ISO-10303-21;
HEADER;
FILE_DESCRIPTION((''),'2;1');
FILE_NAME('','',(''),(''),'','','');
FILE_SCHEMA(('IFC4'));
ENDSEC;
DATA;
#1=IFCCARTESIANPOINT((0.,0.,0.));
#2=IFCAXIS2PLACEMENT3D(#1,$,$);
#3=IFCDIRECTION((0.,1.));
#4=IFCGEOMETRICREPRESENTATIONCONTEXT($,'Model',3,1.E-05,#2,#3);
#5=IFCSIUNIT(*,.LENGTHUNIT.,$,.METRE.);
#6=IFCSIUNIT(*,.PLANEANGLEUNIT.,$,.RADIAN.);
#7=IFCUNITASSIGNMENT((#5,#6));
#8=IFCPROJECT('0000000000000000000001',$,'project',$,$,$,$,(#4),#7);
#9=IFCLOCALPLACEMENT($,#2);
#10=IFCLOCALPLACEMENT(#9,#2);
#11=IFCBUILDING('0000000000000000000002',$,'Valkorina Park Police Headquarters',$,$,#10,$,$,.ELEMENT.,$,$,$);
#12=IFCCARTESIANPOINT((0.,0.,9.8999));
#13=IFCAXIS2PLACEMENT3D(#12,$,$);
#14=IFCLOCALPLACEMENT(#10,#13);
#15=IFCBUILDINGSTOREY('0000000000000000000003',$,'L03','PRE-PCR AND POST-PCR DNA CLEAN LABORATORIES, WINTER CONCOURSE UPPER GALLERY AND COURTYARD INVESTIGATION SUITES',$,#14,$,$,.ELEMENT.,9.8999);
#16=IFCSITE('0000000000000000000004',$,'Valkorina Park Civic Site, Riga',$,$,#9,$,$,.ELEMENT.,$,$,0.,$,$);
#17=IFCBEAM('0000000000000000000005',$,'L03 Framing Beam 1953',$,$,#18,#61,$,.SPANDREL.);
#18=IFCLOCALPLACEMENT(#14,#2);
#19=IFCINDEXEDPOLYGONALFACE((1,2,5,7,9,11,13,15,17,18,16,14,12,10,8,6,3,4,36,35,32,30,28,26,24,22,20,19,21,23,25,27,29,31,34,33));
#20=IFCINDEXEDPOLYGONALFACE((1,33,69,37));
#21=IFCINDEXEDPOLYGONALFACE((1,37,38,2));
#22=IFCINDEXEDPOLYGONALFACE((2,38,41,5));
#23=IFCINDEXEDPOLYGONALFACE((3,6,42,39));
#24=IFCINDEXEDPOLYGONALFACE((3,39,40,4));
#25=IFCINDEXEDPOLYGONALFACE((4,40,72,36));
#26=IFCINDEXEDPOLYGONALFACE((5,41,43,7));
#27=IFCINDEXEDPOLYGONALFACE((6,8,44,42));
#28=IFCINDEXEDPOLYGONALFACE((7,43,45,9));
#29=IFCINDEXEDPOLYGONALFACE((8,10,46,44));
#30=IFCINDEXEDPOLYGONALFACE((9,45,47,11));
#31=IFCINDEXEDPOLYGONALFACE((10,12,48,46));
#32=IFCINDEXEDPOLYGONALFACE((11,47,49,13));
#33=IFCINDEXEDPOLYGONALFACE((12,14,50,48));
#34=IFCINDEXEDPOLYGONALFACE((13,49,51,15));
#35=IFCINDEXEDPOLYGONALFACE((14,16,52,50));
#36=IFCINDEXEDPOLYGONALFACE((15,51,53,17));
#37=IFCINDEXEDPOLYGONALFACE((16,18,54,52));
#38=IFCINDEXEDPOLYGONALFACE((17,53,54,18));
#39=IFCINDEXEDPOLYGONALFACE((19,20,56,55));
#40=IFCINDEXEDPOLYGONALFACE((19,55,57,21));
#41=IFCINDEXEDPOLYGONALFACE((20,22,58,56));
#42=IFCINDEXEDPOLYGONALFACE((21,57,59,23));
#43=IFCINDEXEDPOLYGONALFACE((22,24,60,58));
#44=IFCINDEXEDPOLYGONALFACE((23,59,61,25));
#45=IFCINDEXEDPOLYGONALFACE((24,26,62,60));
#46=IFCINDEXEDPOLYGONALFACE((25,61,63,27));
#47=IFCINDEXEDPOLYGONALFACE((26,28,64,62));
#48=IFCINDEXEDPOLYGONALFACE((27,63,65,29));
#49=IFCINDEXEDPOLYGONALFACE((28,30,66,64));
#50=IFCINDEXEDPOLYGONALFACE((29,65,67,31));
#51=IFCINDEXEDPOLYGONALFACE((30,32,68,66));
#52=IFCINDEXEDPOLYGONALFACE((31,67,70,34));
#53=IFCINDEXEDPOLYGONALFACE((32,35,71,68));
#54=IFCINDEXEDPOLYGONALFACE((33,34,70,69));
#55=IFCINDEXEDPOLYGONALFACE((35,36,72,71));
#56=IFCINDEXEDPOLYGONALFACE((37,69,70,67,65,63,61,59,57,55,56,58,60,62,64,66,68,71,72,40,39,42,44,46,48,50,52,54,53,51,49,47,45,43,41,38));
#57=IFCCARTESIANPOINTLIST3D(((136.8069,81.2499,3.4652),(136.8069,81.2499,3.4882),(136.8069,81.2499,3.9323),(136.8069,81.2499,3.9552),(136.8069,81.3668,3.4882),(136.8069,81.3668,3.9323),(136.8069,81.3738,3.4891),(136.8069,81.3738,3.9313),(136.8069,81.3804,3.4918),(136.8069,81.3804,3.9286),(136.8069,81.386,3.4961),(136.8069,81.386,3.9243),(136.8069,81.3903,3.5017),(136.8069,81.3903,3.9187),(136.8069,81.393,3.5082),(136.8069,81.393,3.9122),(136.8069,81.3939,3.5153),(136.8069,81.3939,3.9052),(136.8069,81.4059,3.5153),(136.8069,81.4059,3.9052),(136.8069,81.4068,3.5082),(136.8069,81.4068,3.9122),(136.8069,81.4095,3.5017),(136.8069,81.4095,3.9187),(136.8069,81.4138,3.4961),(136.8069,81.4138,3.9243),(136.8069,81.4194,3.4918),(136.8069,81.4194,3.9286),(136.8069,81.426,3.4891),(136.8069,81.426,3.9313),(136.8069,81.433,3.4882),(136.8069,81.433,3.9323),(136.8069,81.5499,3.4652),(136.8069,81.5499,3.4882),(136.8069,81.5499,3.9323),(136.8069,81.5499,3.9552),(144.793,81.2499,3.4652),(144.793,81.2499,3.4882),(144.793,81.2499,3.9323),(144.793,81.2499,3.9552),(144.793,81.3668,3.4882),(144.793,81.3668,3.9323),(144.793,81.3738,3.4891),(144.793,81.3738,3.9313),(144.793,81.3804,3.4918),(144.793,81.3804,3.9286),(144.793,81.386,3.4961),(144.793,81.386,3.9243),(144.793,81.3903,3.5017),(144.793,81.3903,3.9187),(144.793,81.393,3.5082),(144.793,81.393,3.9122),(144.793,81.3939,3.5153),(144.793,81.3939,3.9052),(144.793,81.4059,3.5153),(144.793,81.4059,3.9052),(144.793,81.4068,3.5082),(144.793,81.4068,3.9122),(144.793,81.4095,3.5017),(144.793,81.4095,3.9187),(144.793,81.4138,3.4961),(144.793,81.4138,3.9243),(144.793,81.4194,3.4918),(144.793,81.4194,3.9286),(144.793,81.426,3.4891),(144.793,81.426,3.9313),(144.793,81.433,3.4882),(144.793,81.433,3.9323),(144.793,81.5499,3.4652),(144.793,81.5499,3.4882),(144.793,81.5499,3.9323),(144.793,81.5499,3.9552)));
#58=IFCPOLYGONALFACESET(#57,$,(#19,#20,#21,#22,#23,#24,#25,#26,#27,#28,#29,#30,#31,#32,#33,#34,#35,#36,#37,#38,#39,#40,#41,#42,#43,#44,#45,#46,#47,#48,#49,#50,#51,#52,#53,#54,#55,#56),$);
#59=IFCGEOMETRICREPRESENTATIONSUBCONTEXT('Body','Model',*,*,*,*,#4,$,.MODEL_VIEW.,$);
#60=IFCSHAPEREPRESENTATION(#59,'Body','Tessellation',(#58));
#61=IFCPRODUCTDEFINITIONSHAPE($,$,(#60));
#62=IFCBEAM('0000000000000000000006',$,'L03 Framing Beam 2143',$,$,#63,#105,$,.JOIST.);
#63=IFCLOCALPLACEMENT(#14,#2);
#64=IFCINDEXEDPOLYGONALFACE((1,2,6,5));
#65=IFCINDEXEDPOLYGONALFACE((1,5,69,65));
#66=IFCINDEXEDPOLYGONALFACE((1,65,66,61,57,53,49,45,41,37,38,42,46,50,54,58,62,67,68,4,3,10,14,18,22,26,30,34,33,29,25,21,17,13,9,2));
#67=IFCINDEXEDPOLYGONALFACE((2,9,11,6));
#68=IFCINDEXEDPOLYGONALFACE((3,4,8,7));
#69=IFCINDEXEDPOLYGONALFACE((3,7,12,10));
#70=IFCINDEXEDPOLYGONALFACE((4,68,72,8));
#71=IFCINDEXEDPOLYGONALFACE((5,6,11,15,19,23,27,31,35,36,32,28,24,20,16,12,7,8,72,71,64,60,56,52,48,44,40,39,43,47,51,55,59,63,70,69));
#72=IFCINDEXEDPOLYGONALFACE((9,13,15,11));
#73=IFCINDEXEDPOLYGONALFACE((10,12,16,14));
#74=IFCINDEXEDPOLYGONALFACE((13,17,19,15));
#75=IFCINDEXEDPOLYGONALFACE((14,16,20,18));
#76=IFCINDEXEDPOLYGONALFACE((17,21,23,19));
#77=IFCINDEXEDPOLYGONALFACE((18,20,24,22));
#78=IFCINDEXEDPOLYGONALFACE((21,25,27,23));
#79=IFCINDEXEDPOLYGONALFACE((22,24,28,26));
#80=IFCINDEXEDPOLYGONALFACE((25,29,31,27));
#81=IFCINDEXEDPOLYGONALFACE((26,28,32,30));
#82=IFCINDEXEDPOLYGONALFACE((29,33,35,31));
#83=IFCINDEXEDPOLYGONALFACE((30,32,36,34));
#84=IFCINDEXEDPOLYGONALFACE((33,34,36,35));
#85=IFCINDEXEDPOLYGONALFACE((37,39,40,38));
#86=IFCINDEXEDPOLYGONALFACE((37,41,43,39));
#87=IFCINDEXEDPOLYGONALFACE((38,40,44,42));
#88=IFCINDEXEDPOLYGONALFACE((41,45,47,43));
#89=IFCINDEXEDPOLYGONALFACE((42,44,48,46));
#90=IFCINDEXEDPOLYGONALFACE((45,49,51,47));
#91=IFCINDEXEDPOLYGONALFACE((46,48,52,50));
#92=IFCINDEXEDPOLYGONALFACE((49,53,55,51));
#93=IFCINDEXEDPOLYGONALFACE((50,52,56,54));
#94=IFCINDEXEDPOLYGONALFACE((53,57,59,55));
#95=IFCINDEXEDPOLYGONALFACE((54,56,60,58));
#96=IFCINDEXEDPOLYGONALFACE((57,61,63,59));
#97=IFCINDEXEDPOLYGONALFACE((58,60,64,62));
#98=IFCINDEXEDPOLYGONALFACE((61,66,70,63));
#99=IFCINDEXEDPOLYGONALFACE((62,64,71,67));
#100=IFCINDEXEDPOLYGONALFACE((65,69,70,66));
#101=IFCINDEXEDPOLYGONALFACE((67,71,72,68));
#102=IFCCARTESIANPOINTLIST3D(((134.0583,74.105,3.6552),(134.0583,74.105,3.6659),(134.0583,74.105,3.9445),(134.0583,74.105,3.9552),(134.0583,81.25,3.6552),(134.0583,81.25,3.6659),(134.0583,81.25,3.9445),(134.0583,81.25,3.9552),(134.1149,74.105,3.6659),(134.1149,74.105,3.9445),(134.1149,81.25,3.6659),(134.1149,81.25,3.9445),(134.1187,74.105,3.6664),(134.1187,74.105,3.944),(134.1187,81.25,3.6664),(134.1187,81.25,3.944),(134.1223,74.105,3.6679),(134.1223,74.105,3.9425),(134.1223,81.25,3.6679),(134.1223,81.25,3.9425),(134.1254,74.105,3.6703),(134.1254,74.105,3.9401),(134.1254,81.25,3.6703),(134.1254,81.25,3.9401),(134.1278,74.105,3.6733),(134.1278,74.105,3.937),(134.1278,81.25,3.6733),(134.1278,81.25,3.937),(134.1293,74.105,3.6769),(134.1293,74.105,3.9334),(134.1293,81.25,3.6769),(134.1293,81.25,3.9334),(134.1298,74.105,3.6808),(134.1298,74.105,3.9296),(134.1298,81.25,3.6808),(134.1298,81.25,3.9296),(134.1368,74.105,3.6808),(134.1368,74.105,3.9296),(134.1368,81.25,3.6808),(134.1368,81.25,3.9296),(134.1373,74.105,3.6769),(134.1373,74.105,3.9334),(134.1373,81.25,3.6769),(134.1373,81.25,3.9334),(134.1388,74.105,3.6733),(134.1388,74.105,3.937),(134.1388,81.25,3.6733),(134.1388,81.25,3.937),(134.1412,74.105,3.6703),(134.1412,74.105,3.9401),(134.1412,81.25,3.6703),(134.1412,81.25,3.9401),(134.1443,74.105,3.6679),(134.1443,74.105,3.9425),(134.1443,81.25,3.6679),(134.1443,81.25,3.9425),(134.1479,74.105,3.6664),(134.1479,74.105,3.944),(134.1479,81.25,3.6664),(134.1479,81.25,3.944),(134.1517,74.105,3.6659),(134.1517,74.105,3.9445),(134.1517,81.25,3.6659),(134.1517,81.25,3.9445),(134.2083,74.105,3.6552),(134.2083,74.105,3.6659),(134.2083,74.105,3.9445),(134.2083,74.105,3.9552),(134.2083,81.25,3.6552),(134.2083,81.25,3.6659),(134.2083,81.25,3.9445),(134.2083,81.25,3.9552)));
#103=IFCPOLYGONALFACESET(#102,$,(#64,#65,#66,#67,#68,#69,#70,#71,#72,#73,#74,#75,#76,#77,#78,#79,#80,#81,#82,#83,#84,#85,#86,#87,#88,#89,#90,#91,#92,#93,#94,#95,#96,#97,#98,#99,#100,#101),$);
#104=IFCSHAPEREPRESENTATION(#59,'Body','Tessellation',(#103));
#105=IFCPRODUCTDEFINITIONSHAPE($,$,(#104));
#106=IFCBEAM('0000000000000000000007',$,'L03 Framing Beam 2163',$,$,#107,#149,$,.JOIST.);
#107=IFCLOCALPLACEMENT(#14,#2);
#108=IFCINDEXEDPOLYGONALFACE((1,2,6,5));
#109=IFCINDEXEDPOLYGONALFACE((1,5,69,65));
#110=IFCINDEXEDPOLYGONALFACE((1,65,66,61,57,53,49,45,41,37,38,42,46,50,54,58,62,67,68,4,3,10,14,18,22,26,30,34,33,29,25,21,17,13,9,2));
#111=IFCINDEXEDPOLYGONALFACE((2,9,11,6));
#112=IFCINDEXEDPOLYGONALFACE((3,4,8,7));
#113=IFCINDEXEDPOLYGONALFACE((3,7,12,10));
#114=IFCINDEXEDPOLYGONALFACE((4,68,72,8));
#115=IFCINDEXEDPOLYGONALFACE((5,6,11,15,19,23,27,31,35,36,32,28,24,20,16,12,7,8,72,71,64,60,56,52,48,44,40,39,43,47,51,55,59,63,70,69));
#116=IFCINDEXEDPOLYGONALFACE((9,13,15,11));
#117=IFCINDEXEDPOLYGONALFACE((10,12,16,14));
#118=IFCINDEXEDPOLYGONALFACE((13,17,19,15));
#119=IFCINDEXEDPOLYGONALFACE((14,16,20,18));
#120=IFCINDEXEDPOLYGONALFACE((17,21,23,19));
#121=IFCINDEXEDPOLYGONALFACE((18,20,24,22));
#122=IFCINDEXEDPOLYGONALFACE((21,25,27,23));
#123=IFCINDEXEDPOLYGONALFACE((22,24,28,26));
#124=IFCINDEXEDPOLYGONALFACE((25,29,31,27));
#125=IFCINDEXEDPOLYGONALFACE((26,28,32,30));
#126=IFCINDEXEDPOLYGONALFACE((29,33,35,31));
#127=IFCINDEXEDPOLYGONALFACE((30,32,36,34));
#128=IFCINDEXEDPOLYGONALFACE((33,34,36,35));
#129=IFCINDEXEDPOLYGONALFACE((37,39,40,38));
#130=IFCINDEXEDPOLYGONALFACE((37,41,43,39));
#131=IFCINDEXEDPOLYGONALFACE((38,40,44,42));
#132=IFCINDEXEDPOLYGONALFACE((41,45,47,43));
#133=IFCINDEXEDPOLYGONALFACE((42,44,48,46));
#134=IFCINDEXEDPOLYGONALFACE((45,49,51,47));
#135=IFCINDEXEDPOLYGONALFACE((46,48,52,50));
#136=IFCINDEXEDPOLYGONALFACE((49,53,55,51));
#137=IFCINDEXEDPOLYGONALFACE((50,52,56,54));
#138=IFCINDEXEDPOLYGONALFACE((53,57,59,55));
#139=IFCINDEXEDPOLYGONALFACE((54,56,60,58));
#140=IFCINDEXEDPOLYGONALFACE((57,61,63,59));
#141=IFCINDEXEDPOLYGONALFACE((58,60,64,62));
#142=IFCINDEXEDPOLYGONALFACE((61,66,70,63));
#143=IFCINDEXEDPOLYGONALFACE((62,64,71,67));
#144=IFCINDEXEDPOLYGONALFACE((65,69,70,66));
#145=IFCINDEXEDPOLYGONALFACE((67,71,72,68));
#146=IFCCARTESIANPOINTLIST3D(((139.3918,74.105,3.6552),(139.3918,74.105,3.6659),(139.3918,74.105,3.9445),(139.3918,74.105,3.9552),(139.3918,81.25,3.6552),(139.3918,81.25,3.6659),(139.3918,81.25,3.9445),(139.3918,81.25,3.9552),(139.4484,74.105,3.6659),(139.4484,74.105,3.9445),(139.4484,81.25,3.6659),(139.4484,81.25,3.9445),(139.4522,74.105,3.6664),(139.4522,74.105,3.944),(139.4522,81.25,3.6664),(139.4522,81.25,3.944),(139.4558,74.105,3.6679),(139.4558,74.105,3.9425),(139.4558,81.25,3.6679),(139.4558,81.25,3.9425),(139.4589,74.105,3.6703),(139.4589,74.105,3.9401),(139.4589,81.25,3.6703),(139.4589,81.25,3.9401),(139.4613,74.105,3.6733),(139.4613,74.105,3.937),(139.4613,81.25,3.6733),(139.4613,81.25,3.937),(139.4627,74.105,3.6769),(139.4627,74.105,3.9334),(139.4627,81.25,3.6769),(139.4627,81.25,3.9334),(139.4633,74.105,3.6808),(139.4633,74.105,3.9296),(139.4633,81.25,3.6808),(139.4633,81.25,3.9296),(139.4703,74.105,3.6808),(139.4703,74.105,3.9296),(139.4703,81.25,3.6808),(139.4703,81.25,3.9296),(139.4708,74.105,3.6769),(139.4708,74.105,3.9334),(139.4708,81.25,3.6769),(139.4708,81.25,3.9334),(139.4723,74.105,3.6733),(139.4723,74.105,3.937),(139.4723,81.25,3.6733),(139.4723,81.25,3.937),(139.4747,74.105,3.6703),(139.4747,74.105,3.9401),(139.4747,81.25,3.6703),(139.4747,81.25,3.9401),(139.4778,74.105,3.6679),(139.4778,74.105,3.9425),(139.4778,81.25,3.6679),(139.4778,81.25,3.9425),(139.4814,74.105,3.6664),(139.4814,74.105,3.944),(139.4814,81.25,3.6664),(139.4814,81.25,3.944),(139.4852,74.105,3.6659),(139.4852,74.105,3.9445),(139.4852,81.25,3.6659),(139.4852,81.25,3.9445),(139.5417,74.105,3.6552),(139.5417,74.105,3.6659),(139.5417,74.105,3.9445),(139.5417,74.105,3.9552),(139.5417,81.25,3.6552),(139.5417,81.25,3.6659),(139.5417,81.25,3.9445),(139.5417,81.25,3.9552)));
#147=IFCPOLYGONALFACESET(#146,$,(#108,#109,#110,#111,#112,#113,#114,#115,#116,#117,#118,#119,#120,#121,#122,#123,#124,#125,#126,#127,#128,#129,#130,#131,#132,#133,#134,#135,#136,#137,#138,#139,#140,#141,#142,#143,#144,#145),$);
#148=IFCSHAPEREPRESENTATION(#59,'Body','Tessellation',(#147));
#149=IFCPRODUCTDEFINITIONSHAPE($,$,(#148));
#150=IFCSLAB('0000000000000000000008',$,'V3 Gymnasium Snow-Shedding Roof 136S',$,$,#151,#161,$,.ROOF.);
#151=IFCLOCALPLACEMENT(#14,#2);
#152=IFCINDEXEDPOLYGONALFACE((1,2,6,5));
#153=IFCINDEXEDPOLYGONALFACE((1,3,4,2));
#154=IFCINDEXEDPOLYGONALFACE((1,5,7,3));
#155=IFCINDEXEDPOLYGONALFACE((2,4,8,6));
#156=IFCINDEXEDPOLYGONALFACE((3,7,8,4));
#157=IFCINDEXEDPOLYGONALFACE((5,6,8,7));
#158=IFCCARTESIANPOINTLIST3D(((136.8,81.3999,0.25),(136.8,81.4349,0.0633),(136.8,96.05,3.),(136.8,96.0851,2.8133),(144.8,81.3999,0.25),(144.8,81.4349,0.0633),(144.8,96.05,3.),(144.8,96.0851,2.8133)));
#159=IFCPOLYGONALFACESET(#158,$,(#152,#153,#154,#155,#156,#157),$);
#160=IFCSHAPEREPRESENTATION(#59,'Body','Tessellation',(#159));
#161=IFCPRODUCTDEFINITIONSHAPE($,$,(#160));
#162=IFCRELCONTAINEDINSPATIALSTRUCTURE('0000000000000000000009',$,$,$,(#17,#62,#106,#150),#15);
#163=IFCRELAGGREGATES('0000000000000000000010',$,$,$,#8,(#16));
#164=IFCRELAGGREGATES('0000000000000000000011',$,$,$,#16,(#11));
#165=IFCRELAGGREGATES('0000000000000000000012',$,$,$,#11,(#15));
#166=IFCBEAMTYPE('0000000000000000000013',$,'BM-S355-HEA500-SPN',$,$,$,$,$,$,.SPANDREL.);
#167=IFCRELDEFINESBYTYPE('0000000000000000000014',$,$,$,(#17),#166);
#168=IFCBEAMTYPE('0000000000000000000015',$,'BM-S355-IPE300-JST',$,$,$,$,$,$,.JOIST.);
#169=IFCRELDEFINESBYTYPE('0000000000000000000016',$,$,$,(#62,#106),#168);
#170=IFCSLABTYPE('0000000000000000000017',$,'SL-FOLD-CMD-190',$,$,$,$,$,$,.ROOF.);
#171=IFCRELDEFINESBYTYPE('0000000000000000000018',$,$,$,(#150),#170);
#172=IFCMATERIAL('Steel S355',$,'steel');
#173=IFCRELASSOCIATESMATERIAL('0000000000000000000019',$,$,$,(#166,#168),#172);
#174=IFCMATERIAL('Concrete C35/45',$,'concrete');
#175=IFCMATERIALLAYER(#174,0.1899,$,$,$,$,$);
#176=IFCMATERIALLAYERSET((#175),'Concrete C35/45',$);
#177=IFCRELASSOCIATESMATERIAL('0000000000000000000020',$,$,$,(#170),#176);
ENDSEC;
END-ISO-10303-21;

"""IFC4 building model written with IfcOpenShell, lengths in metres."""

from ifc_helpers import new_model, si_unit, direction, frame, origin, origin_2d, place, context, subcontext, project, spatial, polyline, i_section, outline, extrude, material, layer, layer_set, material_profile, profile_set, type_object, element, save


model = new_model("IFC4")

# Units and contexts
model_context = context("Model", 3, precision=1e-05, world=origin(), true_north=direction((0.0, 1.0)))
body_context = subcontext(model_context, "Body", "Model", "MODEL_VIEW")
ifc_project = project(units=[si_unit("LENGTHUNIT", "METRE"), si_unit("PLANEANGLEUNIT", "RADIAN")], contexts=[model_context])

# Site, building, storey
site_placement = place(None, origin())
site = spatial("IfcSite", under=ifc_project, at=site_placement, Name="Valkorina Park Civic Site, Riga", CompositionType="ELEMENT", RefElevation=0.0)
building_placement = place(site_placement, origin())
building = spatial("IfcBuilding", under=site, at=building_placement, Name="Valkorina Park Police Headquarters", CompositionType="ELEMENT")
storey_placement = place(building_placement, frame((0.0, 0.0, 9.8999)))
storey = spatial("IfcBuildingStorey", under=building, at=storey_placement, Name="L03", Description="PRE-PCR AND POST-PCR DNA CLEAN LABORATORIES, WINTER CONCOURSE UPPER GALLERY AND COURTYARD INVESTIGATION SUITES", CompositionType="ELEMENT", Elevation=9.8999)

# Shared definitions
ifc_material_1 = material(Name="Steel S355", Category="steel")

# Beams
ifc_material_profile_1 = material_profile(ifc_material_1, i_section(OverallWidth=0.3, OverallDepth=0.49, WebThickness=0.012, FlangeThickness=0.0229, FilletRadius=0.0271, at=origin_2d()), Name="HEA 500")
ifc_profile_set_1 = profile_set([ifc_material_profile_1], Name="Steel S355")
beam_type_1 = type_object("IfcBeamType", Name="BM-S355-HEA500-SPN", PredefinedType="SPANDREL", material=ifc_profile_set_1)
for number, where, z_axis, x_axis, name in (
    (1, (136.8069, 81.3999, 3.7102), (1.0, 0.0, 0.0), (0.0, 1.0, 0.0), "L03 Framing Beam 1953"),
):
    element("IfcBeam", number, at=place(storey_placement, frame(where, z_axis=z_axis, x_axis=x_axis)), inside=storey, type_object=beam_type_1, Name=name, PredefinedType="SPANDREL", context=body_context, shape_type="SweptSolid", body=[
        extrude(i_section(OverallWidth=0.3, OverallDepth=0.49, WebThickness=0.012, FlangeThickness=0.0229, FilletRadius=0.0271, at=origin_2d()), origin(), (0.0, 0.0, 1.0), 7.9861),
    ])
ifc_material_profile_2 = material_profile(ifc_material_1, i_section(OverallWidth=0.1499, OverallDepth=0.3, WebThickness=0.0071, FlangeThickness=0.0107, FilletRadius=0.0149, at=origin_2d()), Name="IPE 300")
ifc_profile_set_2 = profile_set([ifc_material_profile_2], Name="Steel S355")
beam_type_2 = type_object("IfcBeamType", Name="BM-S355-IPE300-JST", PredefinedType="JOIST", material=ifc_profile_set_2)
for number, where, z_axis, x_axis, name in (
    (2, (134.1333, 74.105, 3.8052), (0.0, 1.0, 0.0), (-1.0, 0.0, 0.0), "L03 Framing Beam 2143"),
    (3, (139.4668, 74.105, 3.8052), (0.0, 1.0, 0.0), (-1.0, 0.0, 0.0), "L03 Framing Beam 2163"),
):
    element("IfcBeam", number, at=place(storey_placement, frame(where, z_axis=z_axis, x_axis=x_axis)), inside=storey, type_object=beam_type_2, Name=name, PredefinedType="JOIST", context=body_context, shape_type="SweptSolid", body=[
        extrude(i_section(OverallWidth=0.1499, OverallDepth=0.3, WebThickness=0.0071, FlangeThickness=0.0107, FilletRadius=0.0149, at=origin_2d()), origin(), (0.0, 0.0, 1.0), 7.145),
    ])

# Slab
ifc_material_2 = material(Name="Concrete C35/45", Category="concrete")
ifc_layer_1 = layer(ifc_material_2, 0.1899)
ifc_layer_set_1 = layer_set([ifc_layer_1], Name="Concrete C35/45")
slab_type = type_object("IfcSlabType", Name="SL-FOLD-CMD-190", PredefinedType="ROOF", material=ifc_layer_set_1)
slab_placement = place(storey_placement, frame((136.8, 81.3999, 0.25), z_axis=(0.0, -0.184489, 0.982835), x_axis=(1.0, 0.0, 0.0)))
element("IfcSlab", 4, at=slab_placement, inside=storey, type_object=slab_type, Name="V3 Gymnasium Snow-Shedding Roof 136S", PredefinedType="ROOF", context=body_context, shape_type="SweptSolid", body=[
    extrude(outline(polyline([(0.0, 0.0), (8.0, 0.0), (8.0, 14.906), (0.0, 14.906), (0.0, 0.0)])), origin(), (0.0, 0.0, -1.0), 0.1899),
])

save(model, "model.ifc")
